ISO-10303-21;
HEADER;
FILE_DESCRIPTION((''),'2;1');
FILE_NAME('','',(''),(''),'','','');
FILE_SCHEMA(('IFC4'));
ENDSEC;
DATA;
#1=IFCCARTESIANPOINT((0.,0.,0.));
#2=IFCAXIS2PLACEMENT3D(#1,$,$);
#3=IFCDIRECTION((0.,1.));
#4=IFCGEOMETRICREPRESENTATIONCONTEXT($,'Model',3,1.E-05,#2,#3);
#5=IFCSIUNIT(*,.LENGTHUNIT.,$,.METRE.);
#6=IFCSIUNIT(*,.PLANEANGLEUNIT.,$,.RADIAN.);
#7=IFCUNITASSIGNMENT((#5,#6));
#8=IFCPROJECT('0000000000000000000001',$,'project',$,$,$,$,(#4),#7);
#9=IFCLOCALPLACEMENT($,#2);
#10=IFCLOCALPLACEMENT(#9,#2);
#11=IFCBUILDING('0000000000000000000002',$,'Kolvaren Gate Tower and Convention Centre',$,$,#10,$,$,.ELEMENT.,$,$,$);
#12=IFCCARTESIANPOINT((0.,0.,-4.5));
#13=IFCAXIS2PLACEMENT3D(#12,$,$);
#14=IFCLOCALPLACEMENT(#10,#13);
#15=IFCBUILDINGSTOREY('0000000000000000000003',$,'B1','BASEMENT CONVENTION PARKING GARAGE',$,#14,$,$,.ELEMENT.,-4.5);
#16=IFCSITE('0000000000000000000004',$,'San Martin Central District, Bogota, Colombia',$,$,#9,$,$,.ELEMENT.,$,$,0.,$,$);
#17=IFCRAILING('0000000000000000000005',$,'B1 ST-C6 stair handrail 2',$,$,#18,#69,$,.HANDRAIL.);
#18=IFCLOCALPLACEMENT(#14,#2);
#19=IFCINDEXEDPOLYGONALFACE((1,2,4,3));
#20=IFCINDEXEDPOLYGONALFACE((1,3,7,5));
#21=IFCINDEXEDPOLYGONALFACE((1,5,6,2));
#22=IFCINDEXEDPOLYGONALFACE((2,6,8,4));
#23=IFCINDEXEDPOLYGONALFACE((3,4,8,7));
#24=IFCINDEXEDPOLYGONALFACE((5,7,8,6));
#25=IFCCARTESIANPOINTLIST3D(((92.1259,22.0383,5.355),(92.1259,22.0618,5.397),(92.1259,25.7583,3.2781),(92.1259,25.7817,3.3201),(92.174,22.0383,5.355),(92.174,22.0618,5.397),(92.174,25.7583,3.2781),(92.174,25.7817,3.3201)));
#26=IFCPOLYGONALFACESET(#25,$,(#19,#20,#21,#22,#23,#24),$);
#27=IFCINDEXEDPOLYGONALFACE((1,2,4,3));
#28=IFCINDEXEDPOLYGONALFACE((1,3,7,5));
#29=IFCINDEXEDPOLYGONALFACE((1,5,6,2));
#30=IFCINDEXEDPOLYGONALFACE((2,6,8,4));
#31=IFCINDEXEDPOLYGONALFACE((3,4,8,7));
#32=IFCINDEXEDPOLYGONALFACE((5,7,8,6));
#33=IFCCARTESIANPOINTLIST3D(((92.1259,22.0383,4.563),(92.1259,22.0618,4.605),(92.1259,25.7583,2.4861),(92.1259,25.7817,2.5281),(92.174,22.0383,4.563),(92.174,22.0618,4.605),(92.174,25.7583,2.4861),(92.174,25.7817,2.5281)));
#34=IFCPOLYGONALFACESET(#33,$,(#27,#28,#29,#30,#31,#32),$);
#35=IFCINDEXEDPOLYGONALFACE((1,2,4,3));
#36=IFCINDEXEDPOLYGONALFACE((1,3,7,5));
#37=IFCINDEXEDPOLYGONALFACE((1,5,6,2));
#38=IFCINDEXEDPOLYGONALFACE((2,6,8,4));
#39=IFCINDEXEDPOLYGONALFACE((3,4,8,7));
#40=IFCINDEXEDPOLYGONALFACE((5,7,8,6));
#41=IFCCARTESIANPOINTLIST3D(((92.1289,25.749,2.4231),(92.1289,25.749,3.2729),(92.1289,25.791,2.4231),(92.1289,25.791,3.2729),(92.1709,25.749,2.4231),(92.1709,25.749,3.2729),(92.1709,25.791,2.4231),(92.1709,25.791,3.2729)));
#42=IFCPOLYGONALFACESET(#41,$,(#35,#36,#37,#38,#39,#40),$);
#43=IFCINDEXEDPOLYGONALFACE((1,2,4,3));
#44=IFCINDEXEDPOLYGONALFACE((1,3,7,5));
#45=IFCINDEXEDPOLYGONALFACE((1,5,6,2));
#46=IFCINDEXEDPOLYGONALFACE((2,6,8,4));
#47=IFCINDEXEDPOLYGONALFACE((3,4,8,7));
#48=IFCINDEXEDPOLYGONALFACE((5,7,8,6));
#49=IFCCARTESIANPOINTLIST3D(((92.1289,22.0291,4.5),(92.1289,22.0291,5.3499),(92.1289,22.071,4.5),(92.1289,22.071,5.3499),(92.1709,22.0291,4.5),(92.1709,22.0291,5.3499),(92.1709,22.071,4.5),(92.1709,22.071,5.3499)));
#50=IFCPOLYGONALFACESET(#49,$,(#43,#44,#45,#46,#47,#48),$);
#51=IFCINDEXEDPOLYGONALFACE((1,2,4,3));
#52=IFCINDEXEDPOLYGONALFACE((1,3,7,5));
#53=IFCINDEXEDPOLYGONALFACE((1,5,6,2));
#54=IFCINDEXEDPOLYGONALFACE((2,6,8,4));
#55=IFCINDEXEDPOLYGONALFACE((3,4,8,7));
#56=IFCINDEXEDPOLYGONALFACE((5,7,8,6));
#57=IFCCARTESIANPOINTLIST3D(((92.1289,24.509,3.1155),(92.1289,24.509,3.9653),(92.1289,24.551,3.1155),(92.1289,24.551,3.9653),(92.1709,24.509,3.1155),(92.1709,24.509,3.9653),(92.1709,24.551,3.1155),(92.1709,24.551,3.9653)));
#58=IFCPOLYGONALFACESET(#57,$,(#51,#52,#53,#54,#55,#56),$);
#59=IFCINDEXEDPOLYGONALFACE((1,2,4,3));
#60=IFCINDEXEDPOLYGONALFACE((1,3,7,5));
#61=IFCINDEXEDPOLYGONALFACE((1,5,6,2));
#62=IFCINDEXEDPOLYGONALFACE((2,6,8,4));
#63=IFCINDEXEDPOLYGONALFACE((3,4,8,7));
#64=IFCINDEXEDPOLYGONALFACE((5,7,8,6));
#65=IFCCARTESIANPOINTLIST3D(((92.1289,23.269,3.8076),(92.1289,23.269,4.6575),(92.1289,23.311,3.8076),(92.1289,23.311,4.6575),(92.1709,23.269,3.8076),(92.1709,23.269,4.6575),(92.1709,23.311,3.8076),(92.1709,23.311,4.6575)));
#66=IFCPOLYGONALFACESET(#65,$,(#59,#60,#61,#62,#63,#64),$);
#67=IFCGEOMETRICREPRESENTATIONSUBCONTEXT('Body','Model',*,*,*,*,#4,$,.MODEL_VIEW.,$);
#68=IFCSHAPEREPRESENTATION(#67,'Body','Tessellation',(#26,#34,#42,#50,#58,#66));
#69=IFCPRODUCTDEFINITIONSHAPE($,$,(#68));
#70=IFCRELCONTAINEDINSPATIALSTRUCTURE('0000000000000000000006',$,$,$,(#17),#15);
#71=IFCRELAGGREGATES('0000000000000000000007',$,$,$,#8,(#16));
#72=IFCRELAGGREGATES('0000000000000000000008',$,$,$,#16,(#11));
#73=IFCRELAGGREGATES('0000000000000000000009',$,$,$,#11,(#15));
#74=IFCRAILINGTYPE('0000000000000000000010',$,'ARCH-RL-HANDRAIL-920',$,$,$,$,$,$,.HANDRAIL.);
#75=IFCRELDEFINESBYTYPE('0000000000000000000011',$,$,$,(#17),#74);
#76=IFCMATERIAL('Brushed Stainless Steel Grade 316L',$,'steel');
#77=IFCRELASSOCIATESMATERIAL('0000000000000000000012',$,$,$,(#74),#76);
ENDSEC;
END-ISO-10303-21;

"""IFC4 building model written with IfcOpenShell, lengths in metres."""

from ifc_helpers import new_model, si_unit, direction, frame, origin, origin_2d, place, context, subcontext, project, spatial, rectangle, extrude, material, type_object, element, save


model = new_model("IFC4")

# Units and contexts
model_context = context("Model", 3, precision=1e-05, world=origin(), true_north=direction((0.0, 1.0)))
body_context = subcontext(model_context, "Body", "Model", "MODEL_VIEW")
ifc_project = project(units=[si_unit("LENGTHUNIT", "METRE"), si_unit("PLANEANGLEUNIT", "RADIAN")], contexts=[model_context])

# Site, building, storey
site_placement = place(None, origin())
site = spatial("IfcSite", under=ifc_project, at=site_placement, Name="San Martin Central District, Bogota, Colombia", CompositionType="ELEMENT", RefElevation=0.0)
building_placement = place(site_placement, origin())
building = spatial("IfcBuilding", under=site, at=building_placement, Name="Kolvaren Gate Tower and Convention Centre", CompositionType="ELEMENT")
storey_placement = place(building_placement, frame((0.0, 0.0, -4.5)))
storey = spatial("IfcBuildingStorey", under=building, at=storey_placement, Name="B1", Description="BASEMENT CONVENTION PARKING GARAGE", CompositionType="ELEMENT", Elevation=-4.5)

# Railing
ifc_material_1 = material(Name="Brushed Stainless Steel Grade 316L", Category="steel")
railing_type_1 = type_object("IfcRailingType", Name="ARCH-RL-HANDRAIL-920", PredefinedType="HANDRAIL", material=ifc_material_1)
for number, where, name in (
    (1, (92.1499, 25.77, 2.4231), "B1 ST-C6 stair handrail 2"),
):
    element("IfcRailing", number, at=place(storey_placement, frame(where)), inside=storey, type_object=railing_type_1, Name=name, PredefinedType="HANDRAIL", context=body_context, shape_type="SweptSolid", body=[
        extrude(rectangle(XDim=0.0481, YDim=0.0481, at=origin_2d()), frame((0.0, 0.0, 0.876), z_axis=(0.0, -0.873134, 0.487481), x_axis=(1.0, 0.0, 0.0)), (0.0, 0.0, 1.0), 4.2605),
        extrude(rectangle(XDim=0.0481, YDim=0.0481, at=origin_2d()), frame((0.0, 0.0, 0.084), z_axis=(0.0, -0.873134, 0.487481), x_axis=(1.0, 0.0, 0.0)), (0.0, 0.0, 1.0), 4.2605),
        extrude(rectangle(XDim=0.042, YDim=0.042, at=origin_2d()), origin(), (0.0, 0.0, 1.0), 0.8499),
        extrude(rectangle(XDim=0.042, YDim=0.042, at=origin_2d()), frame((0.0, -3.72, 2.0769)), (0.0, 0.0, 1.0), 0.8499),
        extrude(rectangle(XDim=0.042, YDim=0.042, at=origin_2d()), frame((0.0, -1.24, 0.6924)), (0.0, 0.0, 1.0), 0.8499),
        extrude(rectangle(XDim=0.042, YDim=0.042, at=origin_2d()), frame((0.0, -2.48, 1.3845)), (0.0, 0.0, 1.0), 0.8499),
    ])

save(model, "model.ifc")
